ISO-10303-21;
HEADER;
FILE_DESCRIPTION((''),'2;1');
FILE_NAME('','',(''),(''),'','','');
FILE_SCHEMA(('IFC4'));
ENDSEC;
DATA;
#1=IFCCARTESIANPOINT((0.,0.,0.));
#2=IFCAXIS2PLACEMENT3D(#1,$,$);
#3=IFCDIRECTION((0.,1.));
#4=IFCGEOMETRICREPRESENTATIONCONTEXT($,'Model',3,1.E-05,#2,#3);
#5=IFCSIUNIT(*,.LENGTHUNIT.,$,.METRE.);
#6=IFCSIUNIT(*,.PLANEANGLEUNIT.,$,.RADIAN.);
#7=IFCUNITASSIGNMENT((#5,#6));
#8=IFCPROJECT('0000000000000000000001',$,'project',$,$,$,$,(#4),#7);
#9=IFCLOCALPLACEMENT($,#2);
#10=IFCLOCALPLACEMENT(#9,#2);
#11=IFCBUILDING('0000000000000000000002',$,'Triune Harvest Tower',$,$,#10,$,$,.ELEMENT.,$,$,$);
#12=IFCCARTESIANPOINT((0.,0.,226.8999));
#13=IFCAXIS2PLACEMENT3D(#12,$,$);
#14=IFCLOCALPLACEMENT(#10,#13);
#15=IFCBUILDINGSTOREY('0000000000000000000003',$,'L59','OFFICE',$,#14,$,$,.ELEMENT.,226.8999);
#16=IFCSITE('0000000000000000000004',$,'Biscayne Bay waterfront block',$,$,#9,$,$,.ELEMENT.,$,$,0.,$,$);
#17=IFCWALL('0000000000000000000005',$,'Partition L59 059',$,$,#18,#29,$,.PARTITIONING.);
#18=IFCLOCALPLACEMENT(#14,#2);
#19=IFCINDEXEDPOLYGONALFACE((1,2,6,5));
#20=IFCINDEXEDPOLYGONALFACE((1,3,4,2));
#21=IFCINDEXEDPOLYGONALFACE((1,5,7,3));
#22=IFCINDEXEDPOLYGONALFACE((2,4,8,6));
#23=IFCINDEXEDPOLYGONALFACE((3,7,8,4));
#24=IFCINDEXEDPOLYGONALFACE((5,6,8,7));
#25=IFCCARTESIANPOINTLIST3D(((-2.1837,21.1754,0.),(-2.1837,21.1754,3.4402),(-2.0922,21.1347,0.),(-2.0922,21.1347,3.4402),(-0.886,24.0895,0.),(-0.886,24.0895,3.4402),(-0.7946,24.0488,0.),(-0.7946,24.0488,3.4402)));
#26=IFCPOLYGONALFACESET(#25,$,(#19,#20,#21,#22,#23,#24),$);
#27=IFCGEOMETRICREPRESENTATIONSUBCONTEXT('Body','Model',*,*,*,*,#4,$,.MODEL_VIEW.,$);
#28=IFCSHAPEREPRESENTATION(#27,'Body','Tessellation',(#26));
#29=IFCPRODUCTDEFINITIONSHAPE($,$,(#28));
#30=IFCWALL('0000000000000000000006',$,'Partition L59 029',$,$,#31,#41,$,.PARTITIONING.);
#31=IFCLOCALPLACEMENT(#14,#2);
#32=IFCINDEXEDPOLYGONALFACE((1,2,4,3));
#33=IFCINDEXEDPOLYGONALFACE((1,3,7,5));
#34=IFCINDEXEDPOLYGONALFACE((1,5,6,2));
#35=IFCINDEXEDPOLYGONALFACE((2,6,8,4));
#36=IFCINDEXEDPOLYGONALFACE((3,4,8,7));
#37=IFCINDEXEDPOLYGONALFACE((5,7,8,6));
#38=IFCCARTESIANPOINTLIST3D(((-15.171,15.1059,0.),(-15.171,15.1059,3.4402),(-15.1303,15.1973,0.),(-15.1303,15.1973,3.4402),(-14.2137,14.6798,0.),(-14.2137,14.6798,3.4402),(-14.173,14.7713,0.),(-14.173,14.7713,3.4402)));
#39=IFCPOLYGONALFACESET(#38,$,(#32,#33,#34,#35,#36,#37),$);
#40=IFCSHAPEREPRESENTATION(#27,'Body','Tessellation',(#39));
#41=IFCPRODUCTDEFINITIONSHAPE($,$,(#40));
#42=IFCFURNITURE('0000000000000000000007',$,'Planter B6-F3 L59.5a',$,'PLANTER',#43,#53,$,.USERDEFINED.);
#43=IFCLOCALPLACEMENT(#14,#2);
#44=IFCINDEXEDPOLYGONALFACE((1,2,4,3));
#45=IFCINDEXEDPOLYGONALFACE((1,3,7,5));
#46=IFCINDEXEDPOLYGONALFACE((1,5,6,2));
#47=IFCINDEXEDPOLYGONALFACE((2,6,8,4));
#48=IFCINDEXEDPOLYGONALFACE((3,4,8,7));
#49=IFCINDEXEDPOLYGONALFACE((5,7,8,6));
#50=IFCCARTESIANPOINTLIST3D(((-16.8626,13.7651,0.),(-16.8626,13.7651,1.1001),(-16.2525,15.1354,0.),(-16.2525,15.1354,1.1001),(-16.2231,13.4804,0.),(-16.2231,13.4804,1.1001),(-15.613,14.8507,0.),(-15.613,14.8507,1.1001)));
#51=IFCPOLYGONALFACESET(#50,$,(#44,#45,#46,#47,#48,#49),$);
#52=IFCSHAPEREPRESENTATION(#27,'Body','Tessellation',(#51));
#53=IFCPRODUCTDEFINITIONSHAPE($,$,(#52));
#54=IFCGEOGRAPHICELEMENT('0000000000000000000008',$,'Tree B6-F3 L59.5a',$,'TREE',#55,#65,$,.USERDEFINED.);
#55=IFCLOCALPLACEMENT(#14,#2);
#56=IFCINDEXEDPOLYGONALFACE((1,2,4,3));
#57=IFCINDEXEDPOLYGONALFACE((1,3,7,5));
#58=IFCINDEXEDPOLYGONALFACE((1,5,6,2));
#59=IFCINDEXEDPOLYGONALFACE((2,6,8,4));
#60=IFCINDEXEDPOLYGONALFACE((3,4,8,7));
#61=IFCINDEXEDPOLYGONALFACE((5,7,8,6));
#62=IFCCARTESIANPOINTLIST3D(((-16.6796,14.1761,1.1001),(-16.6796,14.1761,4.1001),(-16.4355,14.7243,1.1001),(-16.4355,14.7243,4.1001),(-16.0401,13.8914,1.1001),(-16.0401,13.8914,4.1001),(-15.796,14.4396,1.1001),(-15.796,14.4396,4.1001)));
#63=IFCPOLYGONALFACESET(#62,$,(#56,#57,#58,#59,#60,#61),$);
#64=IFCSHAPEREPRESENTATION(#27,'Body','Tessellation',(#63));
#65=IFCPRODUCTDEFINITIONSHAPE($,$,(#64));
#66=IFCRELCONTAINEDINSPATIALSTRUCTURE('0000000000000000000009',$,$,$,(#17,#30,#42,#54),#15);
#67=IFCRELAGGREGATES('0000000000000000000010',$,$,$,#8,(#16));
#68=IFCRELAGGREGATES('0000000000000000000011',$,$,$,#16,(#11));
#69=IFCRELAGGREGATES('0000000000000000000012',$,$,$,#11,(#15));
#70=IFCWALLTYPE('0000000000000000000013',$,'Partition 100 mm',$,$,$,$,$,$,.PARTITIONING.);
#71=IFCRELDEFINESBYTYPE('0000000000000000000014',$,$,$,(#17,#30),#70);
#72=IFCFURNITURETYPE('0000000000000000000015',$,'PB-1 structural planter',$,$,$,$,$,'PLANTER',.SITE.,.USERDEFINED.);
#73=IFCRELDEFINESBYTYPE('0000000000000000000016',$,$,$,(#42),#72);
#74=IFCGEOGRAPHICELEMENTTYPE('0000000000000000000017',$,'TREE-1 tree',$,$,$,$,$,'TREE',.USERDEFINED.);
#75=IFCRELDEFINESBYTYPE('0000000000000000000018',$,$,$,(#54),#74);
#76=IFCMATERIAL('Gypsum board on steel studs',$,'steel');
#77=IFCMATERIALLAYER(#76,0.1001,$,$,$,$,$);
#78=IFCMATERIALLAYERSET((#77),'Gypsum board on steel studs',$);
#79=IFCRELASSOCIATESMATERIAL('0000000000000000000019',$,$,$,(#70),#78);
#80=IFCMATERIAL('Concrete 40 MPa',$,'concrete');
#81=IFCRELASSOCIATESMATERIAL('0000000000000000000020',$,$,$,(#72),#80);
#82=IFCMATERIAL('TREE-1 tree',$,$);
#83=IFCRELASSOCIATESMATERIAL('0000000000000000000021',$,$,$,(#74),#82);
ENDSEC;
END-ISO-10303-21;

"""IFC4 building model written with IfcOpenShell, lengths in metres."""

from ifc_helpers import new_model, si_unit, direction, frame, frame_2d, origin, origin_2d, place, context, subcontext, project, spatial, rectangle, extrude, source, transform, mapped, material, layer, layer_set, type_object, element, save


model = new_model("IFC4")

# Units and contexts
model_context = context("Model", 3, precision=1e-05, world=origin(), true_north=direction((0.0, 1.0)))
body_context = subcontext(model_context, "Body", "Model", "MODEL_VIEW")
ifc_project = project(units=[si_unit("LENGTHUNIT", "METRE"), si_unit("PLANEANGLEUNIT", "RADIAN")], contexts=[model_context])

# Site, building, storey
site_placement = place(None, origin())
site = spatial("IfcSite", under=ifc_project, at=site_placement, Name="Biscayne Bay waterfront block", CompositionType="ELEMENT", RefElevation=0.0)
building_placement = place(site_placement, origin())
building = spatial("IfcBuilding", under=site, at=building_placement, Name="Triune Harvest Tower", CompositionType="ELEMENT")
storey_placement = place(building_placement, frame((0.0, 0.0, 226.8999)))
storey = spatial("IfcBuildingStorey", under=building, at=storey_placement, Name="L59", Description="OFFICE", CompositionType="ELEMENT", Elevation=226.8999)

# Walls
ifc_material_1 = material(Name="Gypsum board on steel studs", Category="steel")
ifc_layer_1 = layer(ifc_material_1, 0.1001)
ifc_layer_set_1 = layer_set([ifc_layer_1], Name="Gypsum board on steel studs")
wall_type_1 = type_object("IfcWallType", Name="Partition 100 mm", PredefinedType="PARTITIONING", material=ifc_layer_set_1)
wall_1_placement = place(storey_placement, frame((-2.1379, 21.155, 0.0), z_axis=(0.0, 0.0, 1.0), x_axis=(0.406785, 0.913524, 0.0)))
element("IfcWall", 1, at=wall_1_placement, inside=storey, type_object=wall_type_1, Name="Partition L59 059", PredefinedType="PARTITIONING", context=body_context, shape_type="SweptSolid", body=[
    extrude(rectangle(XDim=3.1899, YDim=0.1001, at=frame_2d((1.595, 0.0))), origin(), (0.0, 0.0, 1.0), 3.4402),
])
shared_shape_1 = source(origin(), body_context, "Body", "SweptSolid", [
    extrude(rectangle(XDim=1.0479, YDim=0.1001, at=frame_2d((0.5239, 0.0))), origin(), (0.0, 0.0, 1.0), 3.4402),
])
wall_2_placement = place(storey_placement, frame((-15.1506, 15.1516, 0.0), z_axis=(0.0, 0.0, 1.0), x_axis=(0.91361, -0.406592, 0.0)))
element("IfcWall", 2, at=wall_2_placement, inside=storey, type_object=wall_type_1, Name="Partition L59 029", PredefinedType="PARTITIONING", context=body_context, shape_type="MappedRepresentation", body=[
    mapped(shared_shape_1, transform((0.0, 0.0, 0.0), scale=1.0)),
])

# Furniture
ifc_material_2 = material(Name="Concrete 40 MPa", Category="concrete")
furniture_type = type_object("IfcFurnitureType", Name="PB-1 structural planter", ElementType="PLANTER", AssemblyPlace="SITE", PredefinedType="USERDEFINED", material=ifc_material_2)
shared_shape_2 = source(origin(), body_context, "Body", "SweptSolid", [
    extrude(rectangle(XDim=1.5, YDim=0.7, at=origin_2d()), origin(), (0.0, 0.0, 1.0), 1.1001),
])
furniture_placement = place(storey_placement, frame((-16.2378, 14.3079, 0.0), z_axis=(0.0, 0.0, 1.0), x_axis=(-0.406738, -0.913545, 0.0)))
element("IfcFurniture", 3, at=furniture_placement, inside=storey, type_object=furniture_type, Name="Planter B6-F3 L59.5a", ObjectType="PLANTER", PredefinedType="USERDEFINED", context=body_context, shape_type="MappedRepresentation", body=[
    mapped(shared_shape_2, transform((0.0, 0.0, 0.0), scale=1.0)),
])

# Geographic element
ifc_material_3 = material(Name="TREE-1 tree")
geographic_element_type = type_object("IfcGeographicElementType", Name="TREE-1 tree", ElementType="TREE", PredefinedType="USERDEFINED", material=ifc_material_3)
shared_shape_3 = source(origin(), body_context, "Body", "SweptSolid", [
    extrude(rectangle(XDim=0.6001, YDim=0.7, at=origin_2d()), origin(), (0.0, 0.0, 1.0), 3.0),
])
geographic_element_placement = place(storey_placement, frame((-16.2378, 14.3079, 1.1001), z_axis=(0.0, 0.0, 1.0), x_axis=(-0.406738, -0.913545, 0.0)))
element("IfcGeographicElement", 4, at=geographic_element_placement, inside=storey, type_object=geographic_element_type, Name="Tree B6-F3 L59.5a", ObjectType="TREE", PredefinedType="USERDEFINED", context=body_context, shape_type="MappedRepresentation", body=[
    mapped(shared_shape_3, transform((0.0, 0.0, 0.0), scale=1.0)),
])

save(model, "model.ifc")
